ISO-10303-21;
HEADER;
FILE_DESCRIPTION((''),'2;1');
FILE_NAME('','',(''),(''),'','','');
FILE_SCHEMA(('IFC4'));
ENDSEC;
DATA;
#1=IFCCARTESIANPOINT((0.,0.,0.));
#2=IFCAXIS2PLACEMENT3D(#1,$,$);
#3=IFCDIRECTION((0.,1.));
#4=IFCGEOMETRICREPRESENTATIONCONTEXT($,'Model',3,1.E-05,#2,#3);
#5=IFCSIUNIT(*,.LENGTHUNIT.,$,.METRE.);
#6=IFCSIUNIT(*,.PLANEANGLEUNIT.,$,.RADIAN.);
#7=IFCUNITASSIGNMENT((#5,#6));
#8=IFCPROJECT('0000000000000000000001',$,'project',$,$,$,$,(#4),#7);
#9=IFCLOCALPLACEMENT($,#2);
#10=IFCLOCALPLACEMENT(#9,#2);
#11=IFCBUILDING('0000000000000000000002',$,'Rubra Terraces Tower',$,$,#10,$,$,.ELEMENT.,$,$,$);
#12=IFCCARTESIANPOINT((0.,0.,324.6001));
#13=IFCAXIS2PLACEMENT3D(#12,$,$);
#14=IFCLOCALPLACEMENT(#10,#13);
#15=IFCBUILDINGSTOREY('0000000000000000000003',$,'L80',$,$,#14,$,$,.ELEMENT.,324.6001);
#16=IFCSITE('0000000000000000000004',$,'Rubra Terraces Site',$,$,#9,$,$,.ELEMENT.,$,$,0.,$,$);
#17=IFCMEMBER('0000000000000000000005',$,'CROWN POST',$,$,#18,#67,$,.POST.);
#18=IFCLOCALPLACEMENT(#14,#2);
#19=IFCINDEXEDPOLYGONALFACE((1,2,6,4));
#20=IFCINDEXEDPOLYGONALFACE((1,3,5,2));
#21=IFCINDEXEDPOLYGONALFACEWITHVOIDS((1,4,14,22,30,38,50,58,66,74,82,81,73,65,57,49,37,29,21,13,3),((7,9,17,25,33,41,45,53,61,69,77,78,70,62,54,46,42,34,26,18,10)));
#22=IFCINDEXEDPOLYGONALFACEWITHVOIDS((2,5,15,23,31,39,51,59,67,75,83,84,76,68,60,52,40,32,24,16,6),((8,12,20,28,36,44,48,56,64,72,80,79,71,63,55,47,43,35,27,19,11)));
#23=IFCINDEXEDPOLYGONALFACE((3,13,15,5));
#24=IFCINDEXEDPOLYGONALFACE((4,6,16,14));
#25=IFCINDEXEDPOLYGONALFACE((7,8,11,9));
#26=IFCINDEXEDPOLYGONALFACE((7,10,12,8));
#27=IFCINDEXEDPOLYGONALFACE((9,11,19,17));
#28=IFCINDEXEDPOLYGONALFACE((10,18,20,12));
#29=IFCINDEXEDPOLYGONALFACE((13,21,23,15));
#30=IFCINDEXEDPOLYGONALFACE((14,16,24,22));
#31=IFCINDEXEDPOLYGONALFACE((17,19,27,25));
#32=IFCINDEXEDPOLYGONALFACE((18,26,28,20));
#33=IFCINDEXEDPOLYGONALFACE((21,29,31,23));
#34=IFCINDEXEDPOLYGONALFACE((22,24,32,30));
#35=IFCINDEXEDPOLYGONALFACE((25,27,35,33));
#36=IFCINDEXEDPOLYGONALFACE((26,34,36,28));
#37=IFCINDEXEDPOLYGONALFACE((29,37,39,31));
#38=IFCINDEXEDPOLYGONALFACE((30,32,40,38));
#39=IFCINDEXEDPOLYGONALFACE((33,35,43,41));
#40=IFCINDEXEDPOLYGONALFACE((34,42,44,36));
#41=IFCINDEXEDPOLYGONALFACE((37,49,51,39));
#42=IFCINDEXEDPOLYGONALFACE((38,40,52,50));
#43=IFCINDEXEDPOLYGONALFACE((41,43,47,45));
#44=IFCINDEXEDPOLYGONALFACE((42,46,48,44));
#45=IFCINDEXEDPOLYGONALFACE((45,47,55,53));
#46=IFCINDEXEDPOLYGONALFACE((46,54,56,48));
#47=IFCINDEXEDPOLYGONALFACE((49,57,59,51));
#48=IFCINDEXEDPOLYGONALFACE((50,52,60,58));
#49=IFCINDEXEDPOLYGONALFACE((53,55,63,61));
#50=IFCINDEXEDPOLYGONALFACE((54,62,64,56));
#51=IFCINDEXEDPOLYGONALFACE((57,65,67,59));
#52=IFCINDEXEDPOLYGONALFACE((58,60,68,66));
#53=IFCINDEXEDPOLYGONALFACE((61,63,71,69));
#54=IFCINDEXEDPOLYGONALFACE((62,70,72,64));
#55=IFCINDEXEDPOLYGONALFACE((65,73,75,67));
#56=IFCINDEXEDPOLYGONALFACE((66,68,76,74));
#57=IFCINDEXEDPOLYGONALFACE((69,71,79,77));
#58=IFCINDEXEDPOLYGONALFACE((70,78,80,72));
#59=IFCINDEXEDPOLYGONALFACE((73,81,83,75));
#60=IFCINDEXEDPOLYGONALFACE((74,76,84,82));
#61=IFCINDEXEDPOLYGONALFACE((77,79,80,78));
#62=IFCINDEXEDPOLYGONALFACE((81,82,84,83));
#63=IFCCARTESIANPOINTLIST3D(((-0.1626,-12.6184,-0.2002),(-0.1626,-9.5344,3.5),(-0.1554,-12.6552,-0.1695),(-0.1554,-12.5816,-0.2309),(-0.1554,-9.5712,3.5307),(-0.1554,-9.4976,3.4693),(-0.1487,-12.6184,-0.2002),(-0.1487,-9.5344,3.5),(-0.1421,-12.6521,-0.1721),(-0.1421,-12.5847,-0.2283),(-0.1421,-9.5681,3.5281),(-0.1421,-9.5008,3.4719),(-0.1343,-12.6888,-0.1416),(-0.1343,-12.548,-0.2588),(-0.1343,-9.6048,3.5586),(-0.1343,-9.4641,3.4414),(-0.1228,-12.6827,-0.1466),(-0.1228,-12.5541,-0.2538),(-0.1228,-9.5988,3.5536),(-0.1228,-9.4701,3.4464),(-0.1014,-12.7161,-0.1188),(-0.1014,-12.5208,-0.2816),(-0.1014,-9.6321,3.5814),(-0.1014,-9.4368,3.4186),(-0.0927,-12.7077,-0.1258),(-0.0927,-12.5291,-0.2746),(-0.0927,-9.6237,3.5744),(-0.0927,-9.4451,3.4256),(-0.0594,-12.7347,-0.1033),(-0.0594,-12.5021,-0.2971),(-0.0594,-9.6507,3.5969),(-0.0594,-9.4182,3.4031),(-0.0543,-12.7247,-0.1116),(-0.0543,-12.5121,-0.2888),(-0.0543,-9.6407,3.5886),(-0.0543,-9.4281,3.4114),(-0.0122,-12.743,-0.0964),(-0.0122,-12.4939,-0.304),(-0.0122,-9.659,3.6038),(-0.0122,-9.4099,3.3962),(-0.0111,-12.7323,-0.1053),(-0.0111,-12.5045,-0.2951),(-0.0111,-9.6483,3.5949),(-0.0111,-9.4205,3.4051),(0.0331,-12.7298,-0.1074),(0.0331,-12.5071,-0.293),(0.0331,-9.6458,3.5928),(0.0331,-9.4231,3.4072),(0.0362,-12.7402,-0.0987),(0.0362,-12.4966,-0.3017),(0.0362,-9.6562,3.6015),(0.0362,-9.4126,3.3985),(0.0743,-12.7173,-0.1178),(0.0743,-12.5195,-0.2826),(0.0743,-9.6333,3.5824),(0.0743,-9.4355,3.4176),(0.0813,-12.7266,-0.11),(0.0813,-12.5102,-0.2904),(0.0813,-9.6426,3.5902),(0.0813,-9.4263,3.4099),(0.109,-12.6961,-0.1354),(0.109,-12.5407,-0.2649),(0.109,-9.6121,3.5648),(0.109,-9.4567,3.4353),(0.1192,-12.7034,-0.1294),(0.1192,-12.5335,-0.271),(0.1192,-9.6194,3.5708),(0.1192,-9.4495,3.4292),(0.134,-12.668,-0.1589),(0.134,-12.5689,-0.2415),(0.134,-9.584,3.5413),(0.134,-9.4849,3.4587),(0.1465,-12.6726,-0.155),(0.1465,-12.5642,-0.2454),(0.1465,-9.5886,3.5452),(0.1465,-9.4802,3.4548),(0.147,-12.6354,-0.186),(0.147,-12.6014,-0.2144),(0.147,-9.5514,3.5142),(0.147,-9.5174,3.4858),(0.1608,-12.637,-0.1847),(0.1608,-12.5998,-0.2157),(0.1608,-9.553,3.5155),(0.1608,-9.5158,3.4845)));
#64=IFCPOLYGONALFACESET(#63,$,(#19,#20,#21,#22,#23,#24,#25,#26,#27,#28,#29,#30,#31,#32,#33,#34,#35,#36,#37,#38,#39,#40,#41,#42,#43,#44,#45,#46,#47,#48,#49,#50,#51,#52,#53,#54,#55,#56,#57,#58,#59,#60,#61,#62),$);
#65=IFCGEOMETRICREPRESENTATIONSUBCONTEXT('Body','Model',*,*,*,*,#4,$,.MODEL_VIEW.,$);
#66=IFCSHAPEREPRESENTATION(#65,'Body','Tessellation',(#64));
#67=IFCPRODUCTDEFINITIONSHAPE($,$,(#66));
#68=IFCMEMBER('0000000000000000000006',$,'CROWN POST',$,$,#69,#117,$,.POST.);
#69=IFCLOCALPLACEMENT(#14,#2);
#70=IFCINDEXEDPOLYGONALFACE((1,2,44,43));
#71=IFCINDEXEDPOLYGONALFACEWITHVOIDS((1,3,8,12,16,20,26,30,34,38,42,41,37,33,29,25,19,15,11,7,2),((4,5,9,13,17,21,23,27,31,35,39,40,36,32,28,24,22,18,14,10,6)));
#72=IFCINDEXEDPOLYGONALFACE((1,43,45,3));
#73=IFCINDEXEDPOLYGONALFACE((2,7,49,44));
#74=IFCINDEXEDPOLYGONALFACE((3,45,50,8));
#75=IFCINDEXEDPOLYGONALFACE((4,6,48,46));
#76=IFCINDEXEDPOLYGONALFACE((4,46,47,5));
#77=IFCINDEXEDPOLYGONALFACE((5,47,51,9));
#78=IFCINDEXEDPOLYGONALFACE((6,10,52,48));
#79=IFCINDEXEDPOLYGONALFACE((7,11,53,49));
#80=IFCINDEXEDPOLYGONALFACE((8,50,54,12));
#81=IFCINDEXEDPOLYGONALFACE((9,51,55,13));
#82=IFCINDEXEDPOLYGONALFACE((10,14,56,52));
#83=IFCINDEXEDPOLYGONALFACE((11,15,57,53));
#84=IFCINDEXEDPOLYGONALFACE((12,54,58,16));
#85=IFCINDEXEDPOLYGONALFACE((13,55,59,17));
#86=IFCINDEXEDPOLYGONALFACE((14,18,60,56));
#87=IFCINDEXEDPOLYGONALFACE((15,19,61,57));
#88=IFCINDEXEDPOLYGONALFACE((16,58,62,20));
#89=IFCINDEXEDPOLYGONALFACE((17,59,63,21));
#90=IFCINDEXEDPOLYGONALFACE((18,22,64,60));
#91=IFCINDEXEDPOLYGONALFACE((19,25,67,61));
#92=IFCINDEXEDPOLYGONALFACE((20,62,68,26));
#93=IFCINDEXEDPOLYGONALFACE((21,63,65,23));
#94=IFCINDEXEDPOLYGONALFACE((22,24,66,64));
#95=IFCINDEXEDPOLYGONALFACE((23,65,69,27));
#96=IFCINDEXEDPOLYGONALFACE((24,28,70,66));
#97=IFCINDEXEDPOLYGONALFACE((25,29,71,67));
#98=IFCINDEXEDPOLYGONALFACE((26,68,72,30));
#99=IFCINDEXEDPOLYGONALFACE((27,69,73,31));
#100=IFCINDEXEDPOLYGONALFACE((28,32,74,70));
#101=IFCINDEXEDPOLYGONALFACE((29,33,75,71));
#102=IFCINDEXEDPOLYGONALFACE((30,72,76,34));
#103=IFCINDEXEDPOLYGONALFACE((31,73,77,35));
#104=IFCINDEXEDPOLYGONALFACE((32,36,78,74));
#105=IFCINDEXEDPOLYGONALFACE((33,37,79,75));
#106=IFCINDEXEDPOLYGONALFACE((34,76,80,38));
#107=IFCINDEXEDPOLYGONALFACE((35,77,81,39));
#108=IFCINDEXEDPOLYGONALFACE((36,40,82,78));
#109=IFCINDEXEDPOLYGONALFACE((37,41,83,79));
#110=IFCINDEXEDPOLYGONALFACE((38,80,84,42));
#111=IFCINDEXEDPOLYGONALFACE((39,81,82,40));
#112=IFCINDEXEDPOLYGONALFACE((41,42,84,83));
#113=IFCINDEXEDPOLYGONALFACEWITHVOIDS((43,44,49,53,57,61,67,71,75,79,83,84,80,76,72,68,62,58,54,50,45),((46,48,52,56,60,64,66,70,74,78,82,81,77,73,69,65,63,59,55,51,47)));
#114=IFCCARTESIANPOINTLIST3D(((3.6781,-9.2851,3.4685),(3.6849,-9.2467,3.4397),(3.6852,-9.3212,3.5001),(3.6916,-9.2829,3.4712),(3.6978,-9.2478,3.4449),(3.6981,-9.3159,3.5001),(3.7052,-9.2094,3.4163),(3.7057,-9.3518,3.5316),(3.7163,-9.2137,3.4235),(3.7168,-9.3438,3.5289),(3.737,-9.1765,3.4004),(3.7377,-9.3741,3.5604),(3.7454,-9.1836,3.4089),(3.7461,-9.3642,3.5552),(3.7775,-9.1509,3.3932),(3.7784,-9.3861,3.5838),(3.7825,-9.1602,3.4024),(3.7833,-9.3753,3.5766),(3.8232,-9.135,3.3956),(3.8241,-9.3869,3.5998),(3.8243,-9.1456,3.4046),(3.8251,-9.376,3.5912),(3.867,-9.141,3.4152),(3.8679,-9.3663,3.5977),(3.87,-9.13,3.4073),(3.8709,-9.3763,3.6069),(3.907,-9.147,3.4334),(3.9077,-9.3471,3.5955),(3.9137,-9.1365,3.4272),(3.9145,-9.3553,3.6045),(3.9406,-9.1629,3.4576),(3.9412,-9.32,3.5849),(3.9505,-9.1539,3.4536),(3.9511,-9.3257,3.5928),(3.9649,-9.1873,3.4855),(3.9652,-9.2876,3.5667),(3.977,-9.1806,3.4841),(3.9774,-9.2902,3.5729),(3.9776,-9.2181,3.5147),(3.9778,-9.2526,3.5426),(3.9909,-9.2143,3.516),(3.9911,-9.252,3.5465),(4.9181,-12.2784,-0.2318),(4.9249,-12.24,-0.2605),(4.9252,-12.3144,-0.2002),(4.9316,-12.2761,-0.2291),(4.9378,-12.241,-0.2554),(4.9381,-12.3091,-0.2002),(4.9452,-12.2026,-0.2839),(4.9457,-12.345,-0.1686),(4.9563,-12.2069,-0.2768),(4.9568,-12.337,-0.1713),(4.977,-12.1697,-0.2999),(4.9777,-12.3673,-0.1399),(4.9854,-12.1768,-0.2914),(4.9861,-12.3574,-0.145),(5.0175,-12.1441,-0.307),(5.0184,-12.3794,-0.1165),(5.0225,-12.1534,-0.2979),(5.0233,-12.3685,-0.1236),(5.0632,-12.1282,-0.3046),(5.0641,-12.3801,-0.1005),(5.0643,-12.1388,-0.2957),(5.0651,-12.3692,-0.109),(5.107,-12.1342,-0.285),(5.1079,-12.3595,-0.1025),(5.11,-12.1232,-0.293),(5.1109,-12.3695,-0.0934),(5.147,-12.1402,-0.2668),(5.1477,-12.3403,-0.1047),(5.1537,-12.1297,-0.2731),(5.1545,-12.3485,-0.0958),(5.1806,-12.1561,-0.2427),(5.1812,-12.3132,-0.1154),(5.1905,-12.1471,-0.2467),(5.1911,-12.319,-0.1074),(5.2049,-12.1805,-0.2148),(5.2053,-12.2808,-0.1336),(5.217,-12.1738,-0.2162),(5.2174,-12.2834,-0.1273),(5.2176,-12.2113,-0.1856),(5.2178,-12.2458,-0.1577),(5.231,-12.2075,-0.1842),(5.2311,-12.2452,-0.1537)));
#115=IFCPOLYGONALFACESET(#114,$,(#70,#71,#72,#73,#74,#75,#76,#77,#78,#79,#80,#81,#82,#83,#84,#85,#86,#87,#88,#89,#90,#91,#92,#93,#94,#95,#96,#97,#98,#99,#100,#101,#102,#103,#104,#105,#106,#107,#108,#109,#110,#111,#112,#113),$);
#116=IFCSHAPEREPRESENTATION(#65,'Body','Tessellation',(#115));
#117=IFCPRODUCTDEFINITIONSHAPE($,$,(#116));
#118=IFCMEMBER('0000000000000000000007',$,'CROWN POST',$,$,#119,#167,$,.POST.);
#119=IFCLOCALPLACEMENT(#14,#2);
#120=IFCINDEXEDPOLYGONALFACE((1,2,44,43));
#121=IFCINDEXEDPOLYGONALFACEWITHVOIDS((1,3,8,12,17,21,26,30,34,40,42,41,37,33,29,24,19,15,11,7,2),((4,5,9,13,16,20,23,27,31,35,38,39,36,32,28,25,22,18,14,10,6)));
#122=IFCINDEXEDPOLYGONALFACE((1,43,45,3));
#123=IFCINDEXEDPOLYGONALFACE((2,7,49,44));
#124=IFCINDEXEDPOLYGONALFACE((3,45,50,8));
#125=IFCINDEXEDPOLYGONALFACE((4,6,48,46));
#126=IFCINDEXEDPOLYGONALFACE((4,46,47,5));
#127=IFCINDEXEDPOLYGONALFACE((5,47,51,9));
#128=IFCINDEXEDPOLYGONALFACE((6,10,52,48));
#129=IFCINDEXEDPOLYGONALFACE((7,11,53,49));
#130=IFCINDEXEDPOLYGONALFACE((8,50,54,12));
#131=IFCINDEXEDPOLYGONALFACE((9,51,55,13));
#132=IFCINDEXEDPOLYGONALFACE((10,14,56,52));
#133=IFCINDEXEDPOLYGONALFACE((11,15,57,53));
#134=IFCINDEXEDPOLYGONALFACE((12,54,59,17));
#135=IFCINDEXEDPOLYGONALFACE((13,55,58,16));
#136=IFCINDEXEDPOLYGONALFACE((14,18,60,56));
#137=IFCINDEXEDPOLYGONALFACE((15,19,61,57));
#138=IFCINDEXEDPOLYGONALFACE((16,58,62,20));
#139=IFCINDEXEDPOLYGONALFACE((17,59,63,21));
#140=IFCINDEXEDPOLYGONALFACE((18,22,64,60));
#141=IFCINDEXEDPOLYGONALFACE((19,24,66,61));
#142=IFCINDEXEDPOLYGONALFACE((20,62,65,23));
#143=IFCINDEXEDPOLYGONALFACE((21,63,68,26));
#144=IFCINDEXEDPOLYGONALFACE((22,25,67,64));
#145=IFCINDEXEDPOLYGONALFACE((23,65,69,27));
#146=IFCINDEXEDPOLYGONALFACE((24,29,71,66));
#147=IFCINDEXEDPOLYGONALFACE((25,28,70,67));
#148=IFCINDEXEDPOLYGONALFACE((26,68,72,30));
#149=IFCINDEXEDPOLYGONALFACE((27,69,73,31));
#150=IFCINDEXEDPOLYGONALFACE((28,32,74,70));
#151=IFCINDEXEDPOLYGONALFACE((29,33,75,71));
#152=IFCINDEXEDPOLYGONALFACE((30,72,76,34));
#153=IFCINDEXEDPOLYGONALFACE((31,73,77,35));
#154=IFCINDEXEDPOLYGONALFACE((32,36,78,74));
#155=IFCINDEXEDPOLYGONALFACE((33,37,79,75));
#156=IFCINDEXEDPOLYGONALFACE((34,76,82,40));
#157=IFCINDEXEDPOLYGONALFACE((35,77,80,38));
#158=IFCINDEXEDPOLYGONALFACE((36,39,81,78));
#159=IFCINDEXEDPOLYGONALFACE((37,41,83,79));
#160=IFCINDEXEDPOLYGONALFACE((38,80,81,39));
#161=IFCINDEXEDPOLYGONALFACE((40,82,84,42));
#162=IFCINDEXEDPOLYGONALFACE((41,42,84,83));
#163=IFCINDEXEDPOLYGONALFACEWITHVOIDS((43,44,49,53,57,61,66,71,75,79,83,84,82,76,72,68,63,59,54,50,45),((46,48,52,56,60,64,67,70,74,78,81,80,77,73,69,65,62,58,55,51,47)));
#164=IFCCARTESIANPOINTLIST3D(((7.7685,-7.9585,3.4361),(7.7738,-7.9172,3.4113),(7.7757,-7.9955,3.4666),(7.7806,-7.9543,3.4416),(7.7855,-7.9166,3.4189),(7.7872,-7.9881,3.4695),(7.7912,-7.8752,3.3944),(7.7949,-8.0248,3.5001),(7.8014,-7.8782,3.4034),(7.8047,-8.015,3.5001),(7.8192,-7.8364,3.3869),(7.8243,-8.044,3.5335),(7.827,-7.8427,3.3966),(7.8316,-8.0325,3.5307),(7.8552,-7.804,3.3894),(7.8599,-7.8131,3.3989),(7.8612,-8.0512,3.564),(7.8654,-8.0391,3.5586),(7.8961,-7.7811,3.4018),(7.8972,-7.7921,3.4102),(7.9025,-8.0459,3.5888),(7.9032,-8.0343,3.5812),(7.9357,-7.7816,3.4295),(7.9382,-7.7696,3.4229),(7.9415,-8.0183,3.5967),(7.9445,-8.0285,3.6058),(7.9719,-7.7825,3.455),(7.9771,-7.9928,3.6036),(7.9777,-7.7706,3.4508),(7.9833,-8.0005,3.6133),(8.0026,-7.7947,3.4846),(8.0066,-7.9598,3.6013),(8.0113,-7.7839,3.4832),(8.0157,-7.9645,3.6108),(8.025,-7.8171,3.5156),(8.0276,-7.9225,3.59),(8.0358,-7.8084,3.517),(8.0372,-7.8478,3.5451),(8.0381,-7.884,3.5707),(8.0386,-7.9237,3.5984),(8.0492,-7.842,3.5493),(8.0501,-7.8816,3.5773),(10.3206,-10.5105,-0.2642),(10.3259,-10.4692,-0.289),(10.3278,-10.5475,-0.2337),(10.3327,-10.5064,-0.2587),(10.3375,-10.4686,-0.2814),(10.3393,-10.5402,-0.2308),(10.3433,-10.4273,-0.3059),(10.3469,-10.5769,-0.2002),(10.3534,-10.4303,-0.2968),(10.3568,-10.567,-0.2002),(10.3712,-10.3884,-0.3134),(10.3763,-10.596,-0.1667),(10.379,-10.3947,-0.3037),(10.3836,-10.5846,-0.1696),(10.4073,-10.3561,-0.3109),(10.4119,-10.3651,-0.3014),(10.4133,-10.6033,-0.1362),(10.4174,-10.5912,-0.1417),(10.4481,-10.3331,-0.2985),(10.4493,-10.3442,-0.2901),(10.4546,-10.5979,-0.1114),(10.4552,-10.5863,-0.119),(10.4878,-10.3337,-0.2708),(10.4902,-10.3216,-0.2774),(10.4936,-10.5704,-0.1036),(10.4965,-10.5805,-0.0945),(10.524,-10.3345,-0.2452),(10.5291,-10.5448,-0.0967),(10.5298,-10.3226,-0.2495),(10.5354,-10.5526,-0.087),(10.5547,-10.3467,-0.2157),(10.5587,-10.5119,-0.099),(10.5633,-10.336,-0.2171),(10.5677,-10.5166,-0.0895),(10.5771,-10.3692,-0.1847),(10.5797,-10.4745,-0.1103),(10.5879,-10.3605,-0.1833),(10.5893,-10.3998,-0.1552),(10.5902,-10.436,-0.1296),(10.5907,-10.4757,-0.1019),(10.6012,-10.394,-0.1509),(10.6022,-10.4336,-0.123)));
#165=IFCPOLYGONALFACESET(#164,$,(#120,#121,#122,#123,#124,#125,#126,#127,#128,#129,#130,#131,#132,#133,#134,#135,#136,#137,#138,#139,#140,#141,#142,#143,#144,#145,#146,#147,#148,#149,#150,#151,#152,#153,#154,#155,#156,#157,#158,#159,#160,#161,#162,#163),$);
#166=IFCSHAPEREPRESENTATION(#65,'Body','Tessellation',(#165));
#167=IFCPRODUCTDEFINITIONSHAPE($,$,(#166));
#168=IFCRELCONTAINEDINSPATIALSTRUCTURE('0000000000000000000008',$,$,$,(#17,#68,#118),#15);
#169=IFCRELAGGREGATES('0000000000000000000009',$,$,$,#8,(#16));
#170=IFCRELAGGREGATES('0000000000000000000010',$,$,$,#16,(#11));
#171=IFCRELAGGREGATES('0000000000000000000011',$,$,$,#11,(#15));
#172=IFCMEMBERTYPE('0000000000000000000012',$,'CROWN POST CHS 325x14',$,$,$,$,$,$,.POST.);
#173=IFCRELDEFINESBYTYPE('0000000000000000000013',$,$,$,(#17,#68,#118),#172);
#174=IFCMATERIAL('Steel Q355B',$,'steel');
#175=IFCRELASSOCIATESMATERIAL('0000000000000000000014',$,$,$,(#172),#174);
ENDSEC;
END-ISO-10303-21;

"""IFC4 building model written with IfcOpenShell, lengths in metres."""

from ifc_helpers import new_model, si_unit, direction, frame, origin, origin_2d, place, context, subcontext, project, spatial, hollow_circle, extrude, material, material_profile, profile_set, type_object, element, save


model = new_model("IFC4")

# Units and contexts
model_context = context("Model", 3, precision=1e-05, world=origin(), true_north=direction((0.0, 1.0)))
body_context = subcontext(model_context, "Body", "Model", "MODEL_VIEW")
ifc_project = project(units=[si_unit("LENGTHUNIT", "METRE"), si_unit("PLANEANGLEUNIT", "RADIAN")], contexts=[model_context])

# Site, building, storey
site_placement = place(None, origin())
site = spatial("IfcSite", under=ifc_project, at=site_placement, Name="Rubra Terraces Site", CompositionType="ELEMENT", RefElevation=0.0)
building_placement = place(site_placement, origin())
building = spatial("IfcBuilding", under=site, at=building_placement, Name="Rubra Terraces Tower", CompositionType="ELEMENT")
storey_placement = place(building_placement, frame((0.0, 0.0, 324.6001)))
storey = spatial("IfcBuildingStorey", under=building, at=storey_placement, Name="L80", CompositionType="ELEMENT", Elevation=324.6001)

# Members
ifc_material_1 = material(Name="Steel Q355B", Category="steel")
ifc_material_profile_1 = material_profile(ifc_material_1, hollow_circle(Radius=0.1626, WallThickness=0.0139, at=origin_2d()), Name="CHS 325x14")
ifc_profile_set_1 = profile_set([ifc_material_profile_1], Name="Steel Q355B")
member_type_1 = type_object("IfcMemberType", Name="CROWN POST CHS 325x14", PredefinedType="POST", material=ifc_profile_set_1)
member_1_placement = place(storey_placement, frame((0.0, -12.6184, -0.2002), z_axis=(0.0, 0.640244, 0.768171), x_axis=(-1.0, 0.0, 0.0)))
element("IfcMember", 1, at=member_1_placement, inside=storey, type_object=member_type_1, Name="CROWN POST", PredefinedType="POST", context=body_context, shape_type="SweptSolid", body=[
    extrude(hollow_circle(Radius=0.1626, WallThickness=0.0139, at=origin_2d()), origin(), (0.0, 0.0, 1.0), 4.8169),
])
member_2_placement = place(storey_placement, frame((5.0754, -12.2522, -0.2002), z_axis=(-0.252126, 0.608597, 0.752357), x_axis=(-0.92386, -0.382731, 0.0)))
element("IfcMember", 2, at=member_2_placement, inside=storey, type_object=member_type_1, Name="CROWN POST", PredefinedType="POST", context=body_context, shape_type="SweptSolid", body=[
    extrude(hollow_circle(Radius=0.1626, WallThickness=0.0139, at=origin_2d()), origin(), (0.0, 0.0, 1.0), 4.9182),
])
member_3_placement = place(storey_placement, frame((10.4619, -10.4619, -0.2002), z_axis=(-0.493728, 0.493728, 0.715866), x_axis=(-0.707107, -0.707107, 0.0)))
element("IfcMember", 3, at=member_3_placement, inside=storey, type_object=member_type_1, Name="CROWN POST", PredefinedType="POST", context=body_context, shape_type="SweptSolid", body=[
    extrude(hollow_circle(Radius=0.1626, WallThickness=0.0139, at=origin_2d()), origin(), (0.0, 0.0, 1.0), 5.1689),
])

save(model, "model.ifc")
